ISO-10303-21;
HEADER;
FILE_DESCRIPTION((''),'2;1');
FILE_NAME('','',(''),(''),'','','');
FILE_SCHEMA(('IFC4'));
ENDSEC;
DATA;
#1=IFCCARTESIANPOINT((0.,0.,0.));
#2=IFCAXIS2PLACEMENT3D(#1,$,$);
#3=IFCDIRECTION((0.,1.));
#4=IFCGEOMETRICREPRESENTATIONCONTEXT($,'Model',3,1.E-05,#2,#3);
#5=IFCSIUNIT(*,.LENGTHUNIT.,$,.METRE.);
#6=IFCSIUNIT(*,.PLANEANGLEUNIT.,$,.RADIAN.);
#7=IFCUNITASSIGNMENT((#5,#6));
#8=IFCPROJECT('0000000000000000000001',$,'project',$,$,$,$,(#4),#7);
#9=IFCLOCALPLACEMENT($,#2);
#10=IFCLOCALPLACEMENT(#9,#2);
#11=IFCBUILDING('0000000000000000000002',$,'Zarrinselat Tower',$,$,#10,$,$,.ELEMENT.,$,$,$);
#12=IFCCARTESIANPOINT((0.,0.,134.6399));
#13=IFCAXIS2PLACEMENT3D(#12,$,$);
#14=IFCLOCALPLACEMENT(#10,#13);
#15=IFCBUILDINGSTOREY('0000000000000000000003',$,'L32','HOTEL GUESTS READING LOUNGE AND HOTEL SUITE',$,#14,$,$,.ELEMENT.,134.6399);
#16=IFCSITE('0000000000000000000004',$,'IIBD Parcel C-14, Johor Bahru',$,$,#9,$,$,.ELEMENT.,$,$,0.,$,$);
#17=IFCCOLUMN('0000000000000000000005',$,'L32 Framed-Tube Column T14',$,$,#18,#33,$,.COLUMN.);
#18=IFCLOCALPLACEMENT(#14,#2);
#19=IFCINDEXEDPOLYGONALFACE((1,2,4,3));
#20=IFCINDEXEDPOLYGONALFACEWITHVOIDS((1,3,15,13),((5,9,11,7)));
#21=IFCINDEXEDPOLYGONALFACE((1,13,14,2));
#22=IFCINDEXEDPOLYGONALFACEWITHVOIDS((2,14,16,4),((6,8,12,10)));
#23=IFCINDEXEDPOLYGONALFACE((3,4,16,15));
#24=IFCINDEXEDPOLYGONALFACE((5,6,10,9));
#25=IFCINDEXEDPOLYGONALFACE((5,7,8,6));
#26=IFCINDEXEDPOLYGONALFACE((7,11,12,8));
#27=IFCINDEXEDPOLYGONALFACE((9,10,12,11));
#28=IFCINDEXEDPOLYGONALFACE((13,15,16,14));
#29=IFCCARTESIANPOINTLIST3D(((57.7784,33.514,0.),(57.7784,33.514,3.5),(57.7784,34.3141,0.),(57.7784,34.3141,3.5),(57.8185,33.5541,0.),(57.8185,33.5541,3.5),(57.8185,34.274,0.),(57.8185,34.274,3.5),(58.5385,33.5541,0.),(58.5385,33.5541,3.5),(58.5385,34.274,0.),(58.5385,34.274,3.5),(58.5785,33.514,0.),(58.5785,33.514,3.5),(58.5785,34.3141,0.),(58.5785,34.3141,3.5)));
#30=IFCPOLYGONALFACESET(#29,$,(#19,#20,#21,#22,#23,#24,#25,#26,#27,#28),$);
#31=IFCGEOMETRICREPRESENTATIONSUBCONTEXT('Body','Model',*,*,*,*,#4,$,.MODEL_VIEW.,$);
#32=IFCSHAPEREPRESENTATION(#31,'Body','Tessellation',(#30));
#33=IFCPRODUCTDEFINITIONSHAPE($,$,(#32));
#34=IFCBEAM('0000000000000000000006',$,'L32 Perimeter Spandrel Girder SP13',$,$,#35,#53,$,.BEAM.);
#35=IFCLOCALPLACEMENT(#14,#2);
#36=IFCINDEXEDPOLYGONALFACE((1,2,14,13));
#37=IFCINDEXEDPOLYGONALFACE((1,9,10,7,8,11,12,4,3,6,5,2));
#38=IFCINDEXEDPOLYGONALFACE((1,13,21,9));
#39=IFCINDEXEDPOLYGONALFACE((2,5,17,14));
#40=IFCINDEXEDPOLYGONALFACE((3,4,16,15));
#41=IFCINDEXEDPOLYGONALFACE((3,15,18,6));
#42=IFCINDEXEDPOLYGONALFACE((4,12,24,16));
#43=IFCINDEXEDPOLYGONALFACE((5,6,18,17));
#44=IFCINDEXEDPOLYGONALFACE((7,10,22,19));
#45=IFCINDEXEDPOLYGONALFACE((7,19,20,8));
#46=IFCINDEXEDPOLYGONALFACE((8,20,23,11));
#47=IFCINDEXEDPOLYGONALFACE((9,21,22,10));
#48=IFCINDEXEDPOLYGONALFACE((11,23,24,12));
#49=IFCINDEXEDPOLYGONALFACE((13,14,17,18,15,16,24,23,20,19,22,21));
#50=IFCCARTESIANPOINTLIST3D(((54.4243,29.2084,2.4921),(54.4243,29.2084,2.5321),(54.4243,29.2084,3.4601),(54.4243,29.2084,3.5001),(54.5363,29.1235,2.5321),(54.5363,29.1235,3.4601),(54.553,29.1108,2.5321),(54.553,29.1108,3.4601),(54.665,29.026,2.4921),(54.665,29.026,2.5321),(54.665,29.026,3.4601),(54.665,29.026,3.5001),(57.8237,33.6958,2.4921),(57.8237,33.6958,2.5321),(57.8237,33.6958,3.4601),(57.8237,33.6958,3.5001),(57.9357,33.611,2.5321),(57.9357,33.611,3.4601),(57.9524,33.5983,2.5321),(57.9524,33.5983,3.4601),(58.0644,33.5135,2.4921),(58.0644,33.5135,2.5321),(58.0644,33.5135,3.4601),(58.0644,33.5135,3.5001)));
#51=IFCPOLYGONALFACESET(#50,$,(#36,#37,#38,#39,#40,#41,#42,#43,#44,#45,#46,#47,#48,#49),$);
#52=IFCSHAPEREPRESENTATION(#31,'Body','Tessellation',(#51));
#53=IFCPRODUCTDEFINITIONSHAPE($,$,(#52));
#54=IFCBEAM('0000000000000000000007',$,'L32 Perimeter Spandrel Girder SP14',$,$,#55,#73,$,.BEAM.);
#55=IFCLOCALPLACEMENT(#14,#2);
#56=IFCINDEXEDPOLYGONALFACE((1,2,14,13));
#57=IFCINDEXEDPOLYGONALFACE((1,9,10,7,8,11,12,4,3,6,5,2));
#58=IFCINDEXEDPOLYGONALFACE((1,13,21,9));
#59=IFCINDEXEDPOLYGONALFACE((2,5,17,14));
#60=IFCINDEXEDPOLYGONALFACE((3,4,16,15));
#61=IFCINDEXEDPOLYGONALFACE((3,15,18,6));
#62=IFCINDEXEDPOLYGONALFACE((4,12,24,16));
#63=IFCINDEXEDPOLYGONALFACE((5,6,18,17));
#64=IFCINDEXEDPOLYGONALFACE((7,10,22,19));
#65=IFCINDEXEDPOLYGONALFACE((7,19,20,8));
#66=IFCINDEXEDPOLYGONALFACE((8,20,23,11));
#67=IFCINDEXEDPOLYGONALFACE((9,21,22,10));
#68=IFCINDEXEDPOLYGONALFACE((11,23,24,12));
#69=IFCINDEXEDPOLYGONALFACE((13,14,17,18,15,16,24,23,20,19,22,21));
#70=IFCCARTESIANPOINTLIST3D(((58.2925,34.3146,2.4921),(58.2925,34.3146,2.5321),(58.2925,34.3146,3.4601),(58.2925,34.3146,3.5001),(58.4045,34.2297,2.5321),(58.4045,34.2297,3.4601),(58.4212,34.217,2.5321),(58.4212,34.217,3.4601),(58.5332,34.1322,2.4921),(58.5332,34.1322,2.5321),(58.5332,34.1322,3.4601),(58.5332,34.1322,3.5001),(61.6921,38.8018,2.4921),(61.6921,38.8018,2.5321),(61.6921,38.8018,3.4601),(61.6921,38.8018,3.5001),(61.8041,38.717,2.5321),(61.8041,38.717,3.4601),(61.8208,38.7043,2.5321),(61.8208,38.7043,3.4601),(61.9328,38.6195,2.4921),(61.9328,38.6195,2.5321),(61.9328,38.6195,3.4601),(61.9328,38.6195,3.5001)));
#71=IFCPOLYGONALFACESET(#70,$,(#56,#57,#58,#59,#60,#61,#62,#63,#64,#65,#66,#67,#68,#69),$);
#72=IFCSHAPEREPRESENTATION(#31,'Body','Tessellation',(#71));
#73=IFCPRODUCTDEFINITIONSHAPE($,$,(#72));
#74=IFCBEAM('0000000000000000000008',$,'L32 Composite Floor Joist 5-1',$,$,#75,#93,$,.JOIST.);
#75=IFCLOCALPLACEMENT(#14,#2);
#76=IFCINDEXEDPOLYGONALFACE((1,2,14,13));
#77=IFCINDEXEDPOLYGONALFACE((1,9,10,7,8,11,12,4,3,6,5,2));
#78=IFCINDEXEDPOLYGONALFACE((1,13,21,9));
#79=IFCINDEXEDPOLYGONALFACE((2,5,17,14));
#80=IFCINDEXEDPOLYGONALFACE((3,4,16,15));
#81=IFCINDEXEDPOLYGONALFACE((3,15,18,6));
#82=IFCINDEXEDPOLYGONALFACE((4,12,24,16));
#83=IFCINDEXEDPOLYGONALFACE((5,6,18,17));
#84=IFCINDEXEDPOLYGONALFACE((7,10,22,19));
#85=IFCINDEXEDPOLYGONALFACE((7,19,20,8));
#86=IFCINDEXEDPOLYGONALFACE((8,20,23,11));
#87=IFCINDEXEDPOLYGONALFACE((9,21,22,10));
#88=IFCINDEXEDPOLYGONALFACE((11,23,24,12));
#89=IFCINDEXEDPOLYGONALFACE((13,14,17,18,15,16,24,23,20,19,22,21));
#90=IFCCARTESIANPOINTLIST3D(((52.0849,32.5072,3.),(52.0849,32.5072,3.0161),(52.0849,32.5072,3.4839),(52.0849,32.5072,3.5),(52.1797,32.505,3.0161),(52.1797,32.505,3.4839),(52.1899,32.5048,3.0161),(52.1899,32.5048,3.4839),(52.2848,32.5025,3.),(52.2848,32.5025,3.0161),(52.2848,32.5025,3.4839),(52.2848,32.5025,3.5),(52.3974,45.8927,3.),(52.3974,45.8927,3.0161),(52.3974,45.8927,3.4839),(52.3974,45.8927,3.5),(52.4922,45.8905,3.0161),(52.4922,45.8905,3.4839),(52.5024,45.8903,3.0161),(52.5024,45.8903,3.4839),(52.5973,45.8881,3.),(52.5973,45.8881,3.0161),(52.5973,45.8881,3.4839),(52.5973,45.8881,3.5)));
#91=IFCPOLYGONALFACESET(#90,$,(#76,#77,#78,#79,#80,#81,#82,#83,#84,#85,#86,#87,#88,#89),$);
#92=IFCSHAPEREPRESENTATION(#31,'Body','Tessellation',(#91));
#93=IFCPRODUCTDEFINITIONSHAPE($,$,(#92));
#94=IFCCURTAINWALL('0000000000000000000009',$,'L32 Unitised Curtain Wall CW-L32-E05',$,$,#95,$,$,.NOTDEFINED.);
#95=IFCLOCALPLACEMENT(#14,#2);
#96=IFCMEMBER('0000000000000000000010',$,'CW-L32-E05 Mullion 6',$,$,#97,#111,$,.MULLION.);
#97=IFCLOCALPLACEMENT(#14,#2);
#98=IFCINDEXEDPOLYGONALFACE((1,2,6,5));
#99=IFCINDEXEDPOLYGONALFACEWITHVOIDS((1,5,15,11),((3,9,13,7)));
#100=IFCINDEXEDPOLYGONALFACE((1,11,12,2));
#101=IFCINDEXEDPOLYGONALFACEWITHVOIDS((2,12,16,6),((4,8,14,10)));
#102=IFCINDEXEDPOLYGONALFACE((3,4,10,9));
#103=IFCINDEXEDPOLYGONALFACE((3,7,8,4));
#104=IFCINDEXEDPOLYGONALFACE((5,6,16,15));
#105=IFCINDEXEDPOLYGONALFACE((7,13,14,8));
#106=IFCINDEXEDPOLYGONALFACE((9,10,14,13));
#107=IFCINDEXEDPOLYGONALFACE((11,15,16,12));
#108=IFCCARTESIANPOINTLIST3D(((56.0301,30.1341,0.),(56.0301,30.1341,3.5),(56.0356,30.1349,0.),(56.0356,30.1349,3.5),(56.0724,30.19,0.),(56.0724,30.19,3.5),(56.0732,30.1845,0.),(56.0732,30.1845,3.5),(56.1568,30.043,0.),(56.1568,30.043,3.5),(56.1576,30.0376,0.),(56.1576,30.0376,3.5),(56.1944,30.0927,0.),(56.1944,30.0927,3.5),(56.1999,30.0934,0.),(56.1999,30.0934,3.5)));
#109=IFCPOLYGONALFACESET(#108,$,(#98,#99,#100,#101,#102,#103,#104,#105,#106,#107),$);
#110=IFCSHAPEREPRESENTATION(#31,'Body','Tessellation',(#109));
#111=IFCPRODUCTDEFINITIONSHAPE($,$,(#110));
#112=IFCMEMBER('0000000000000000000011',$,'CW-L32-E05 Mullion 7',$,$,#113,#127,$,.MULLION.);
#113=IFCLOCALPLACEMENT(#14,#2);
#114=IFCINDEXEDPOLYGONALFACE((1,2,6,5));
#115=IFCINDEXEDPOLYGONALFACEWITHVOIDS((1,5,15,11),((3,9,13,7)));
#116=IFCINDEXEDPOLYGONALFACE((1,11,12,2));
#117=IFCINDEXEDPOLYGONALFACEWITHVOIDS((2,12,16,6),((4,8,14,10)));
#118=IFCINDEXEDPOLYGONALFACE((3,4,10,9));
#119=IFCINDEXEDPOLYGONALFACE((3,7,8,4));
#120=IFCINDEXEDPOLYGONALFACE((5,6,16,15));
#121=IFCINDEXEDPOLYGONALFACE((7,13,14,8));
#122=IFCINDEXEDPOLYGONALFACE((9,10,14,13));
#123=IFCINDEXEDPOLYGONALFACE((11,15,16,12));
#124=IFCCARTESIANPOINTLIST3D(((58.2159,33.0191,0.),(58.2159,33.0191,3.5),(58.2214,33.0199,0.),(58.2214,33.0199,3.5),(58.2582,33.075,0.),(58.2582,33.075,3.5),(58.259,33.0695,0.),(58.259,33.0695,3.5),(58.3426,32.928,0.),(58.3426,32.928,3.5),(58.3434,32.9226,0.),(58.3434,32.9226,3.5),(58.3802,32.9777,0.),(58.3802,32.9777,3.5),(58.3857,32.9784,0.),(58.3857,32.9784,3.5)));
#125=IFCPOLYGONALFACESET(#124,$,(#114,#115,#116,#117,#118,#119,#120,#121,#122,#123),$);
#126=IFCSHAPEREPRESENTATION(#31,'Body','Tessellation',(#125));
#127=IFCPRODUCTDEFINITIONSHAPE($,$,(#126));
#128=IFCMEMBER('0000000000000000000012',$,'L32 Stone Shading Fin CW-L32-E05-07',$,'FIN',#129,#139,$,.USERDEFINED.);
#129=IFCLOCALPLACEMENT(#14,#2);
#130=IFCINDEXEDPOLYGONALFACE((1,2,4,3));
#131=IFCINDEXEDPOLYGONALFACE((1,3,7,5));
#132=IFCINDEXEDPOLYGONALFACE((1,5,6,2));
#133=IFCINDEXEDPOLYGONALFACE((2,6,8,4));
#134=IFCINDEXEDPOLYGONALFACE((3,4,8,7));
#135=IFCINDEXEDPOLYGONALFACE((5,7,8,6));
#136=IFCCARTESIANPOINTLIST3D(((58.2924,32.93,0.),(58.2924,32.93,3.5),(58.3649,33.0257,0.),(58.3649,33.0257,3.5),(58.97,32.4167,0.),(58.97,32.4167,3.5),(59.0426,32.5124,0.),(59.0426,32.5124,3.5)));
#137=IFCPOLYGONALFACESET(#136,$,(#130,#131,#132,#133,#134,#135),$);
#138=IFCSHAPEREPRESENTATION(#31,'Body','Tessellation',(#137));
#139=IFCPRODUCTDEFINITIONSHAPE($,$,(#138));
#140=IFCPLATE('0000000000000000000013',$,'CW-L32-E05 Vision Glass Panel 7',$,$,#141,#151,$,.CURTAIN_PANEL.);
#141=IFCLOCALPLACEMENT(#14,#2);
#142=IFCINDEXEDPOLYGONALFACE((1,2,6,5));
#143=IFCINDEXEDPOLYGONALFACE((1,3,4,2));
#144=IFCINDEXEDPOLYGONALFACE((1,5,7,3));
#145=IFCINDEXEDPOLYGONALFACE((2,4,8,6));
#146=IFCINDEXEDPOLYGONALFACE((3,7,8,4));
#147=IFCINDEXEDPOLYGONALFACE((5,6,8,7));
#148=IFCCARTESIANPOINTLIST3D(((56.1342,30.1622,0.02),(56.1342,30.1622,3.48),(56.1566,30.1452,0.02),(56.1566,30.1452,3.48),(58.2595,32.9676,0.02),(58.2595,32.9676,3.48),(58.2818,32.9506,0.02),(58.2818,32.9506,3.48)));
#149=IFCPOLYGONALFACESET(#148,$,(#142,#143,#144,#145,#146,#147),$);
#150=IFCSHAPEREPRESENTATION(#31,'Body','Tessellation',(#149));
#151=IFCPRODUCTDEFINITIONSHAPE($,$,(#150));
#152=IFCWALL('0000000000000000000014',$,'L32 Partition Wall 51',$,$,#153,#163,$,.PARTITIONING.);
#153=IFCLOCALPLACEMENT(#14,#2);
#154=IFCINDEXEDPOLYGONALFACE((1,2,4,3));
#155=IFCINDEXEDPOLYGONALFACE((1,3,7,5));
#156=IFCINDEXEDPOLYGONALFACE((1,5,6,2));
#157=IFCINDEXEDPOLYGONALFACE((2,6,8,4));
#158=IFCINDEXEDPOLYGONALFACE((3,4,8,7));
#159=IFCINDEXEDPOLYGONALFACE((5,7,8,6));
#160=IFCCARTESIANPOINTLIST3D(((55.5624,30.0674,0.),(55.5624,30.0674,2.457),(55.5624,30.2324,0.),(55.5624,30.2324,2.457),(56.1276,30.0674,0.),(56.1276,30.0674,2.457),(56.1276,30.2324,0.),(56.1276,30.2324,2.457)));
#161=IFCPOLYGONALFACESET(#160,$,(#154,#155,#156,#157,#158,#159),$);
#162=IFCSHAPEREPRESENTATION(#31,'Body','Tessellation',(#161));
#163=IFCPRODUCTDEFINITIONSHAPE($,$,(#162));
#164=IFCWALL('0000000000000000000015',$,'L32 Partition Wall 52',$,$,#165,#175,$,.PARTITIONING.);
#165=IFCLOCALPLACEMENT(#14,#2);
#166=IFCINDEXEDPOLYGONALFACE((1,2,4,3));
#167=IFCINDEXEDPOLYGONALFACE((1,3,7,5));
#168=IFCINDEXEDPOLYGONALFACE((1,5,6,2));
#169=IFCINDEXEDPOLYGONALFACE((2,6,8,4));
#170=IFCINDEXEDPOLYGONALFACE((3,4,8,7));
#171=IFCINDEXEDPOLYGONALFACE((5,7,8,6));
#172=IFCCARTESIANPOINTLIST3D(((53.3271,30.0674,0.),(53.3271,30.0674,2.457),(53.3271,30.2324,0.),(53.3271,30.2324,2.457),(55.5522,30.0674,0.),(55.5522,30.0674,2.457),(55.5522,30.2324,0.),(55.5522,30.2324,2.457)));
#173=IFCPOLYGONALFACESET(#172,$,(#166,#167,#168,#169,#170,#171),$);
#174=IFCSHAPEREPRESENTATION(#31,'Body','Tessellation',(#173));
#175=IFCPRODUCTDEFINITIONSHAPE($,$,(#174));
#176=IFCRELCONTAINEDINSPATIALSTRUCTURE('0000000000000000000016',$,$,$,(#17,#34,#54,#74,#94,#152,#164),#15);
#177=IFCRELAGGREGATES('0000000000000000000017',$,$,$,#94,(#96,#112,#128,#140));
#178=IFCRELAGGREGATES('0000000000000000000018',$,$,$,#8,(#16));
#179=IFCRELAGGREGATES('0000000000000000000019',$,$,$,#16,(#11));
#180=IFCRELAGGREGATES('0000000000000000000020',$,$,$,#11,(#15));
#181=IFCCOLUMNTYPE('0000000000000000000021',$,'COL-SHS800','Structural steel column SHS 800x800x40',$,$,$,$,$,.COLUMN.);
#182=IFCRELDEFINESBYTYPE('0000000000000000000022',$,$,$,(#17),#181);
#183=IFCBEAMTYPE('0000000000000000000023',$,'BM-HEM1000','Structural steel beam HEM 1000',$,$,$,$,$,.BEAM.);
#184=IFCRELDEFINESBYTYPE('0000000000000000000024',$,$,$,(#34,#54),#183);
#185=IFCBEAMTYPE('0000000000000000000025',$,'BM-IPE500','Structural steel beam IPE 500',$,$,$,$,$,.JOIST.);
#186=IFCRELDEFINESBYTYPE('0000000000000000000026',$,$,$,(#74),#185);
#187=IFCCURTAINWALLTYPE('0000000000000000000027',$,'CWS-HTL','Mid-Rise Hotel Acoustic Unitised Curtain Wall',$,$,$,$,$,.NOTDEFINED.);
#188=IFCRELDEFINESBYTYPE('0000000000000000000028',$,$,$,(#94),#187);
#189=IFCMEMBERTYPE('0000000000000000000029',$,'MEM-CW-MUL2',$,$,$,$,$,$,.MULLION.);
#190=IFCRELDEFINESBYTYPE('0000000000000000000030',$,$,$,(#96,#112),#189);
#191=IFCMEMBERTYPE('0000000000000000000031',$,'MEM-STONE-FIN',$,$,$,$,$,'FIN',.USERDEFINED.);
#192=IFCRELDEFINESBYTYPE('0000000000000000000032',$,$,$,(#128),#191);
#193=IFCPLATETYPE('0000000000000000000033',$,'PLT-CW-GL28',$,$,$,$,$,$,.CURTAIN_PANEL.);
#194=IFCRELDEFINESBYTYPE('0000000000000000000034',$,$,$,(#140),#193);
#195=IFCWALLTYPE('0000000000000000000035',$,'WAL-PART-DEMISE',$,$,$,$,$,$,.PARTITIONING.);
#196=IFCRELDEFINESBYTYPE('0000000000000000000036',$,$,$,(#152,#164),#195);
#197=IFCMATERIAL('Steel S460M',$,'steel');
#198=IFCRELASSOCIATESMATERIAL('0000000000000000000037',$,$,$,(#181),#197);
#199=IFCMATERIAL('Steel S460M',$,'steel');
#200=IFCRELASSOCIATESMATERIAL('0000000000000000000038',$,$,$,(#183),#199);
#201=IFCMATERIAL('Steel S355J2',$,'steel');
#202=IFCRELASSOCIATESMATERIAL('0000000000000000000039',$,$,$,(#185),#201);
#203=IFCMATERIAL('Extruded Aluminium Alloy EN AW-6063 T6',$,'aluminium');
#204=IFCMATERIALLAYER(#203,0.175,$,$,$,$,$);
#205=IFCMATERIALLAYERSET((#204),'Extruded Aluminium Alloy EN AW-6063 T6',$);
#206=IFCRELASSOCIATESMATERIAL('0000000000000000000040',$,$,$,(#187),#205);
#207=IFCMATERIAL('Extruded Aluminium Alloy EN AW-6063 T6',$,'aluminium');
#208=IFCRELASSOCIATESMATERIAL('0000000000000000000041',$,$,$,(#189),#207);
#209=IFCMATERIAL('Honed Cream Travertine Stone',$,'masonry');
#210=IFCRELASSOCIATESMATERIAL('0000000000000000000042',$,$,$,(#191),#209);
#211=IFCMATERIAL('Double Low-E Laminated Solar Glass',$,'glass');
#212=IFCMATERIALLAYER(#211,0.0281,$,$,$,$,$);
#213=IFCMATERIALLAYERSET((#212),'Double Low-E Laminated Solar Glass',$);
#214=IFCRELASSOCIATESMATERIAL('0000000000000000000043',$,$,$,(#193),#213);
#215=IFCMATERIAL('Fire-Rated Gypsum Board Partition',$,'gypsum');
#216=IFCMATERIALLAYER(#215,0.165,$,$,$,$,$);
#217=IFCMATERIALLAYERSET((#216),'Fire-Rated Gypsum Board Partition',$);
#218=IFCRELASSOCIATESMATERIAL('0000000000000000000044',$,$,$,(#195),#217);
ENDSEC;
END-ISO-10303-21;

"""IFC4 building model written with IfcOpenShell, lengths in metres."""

from ifc_helpers import new_model, si_unit, direction, frame, frame_2d, origin, origin_2d, place, context, subcontext, project, spatial, rectangle, hollow_rectangle, i_section, extrude, material, layer, layer_set, material_profile, profile_set, type_object, element, aggregate, save


model = new_model("IFC4")

# Units and contexts
model_context = context("Model", 3, precision=1e-05, world=origin(), true_north=direction((0.0, 1.0)))
body_context = subcontext(model_context, "Body", "Model", "MODEL_VIEW")
ifc_project = project(units=[si_unit("LENGTHUNIT", "METRE"), si_unit("PLANEANGLEUNIT", "RADIAN")], contexts=[model_context])

# Site, building, storey
site_placement = place(None, origin())
site = spatial("IfcSite", under=ifc_project, at=site_placement, Name="IIBD Parcel C-14, Johor Bahru", CompositionType="ELEMENT", RefElevation=0.0)
building_placement = place(site_placement, origin())
building = spatial("IfcBuilding", under=site, at=building_placement, Name="Zarrinselat Tower", CompositionType="ELEMENT")
storey_placement = place(building_placement, frame((0.0, 0.0, 134.6399)))
storey = spatial("IfcBuildingStorey", under=building, at=storey_placement, Name="L32", Description="HOTEL GUESTS READING LOUNGE AND HOTEL SUITE", CompositionType="ELEMENT", Elevation=134.6399)

# Column
ifc_material_1 = material(Name="Steel S460M", Category="steel")
ifc_material_profile_1 = material_profile(ifc_material_1, hollow_rectangle(XDim=0.8, YDim=0.8, WallThickness=0.04, at=origin_2d()), Name="SHS 800x800x40")
ifc_profile_set_1 = profile_set([ifc_material_profile_1], Name="Steel S460M")
column_type = type_object("IfcColumnType", Name="COL-SHS800", Description="Structural steel column SHS 800x800x40", PredefinedType="COLUMN", material=ifc_profile_set_1)
column_placement = place(storey_placement, frame((58.1785, 33.9141, 0.0), z_axis=(0.0, 0.0, 1.0), x_axis=(1.0, 0.0, 0.0)))
element("IfcColumn", 1, at=column_placement, inside=storey, type_object=column_type, Name="L32 Framed-Tube Column T14", PredefinedType="COLUMN", context=body_context, shape_type="SweptSolid", body=[
    extrude(hollow_rectangle(XDim=0.8, YDim=0.8, WallThickness=0.04, at=origin_2d()), origin(), (0.0, 0.0, 1.0), 3.5),
])

# Beams
ifc_material_2 = material(Name="Steel S460M", Category="steel")
ifc_material_profile_2 = material_profile(ifc_material_2, i_section(OverallWidth=0.302, OverallDepth=1.0081, WebThickness=0.021, FlangeThickness=0.04, at=origin_2d()), Name="HEM 1000")
ifc_profile_set_2 = profile_set([ifc_material_profile_2], Name="Steel S460M")
beam_type_1 = type_object("IfcBeamType", Name="BM-HEM1000", Description="Structural steel beam HEM 1000", PredefinedType="BEAM", material=ifc_profile_set_2)
for number, where, z_axis, x_axis, name in (
    (2, (54.5447, 29.1172, 2.9961), (0.60383, 0.797113, 0.0), (-0.797113, 0.60383, 0.0), "L32 Perimeter Spandrel Girder SP13"),
    (3, (58.4128, 34.2234, 2.9961), (0.603879, 0.797076, 0.0), (-0.797076, 0.603879, 0.0), "L32 Perimeter Spandrel Girder SP14"),
):
    element("IfcBeam", number, at=place(storey_placement, frame(where, z_axis=z_axis, x_axis=x_axis)), inside=storey, type_object=beam_type_1, Name=name, PredefinedType="BEAM", context=body_context, shape_type="SweptSolid", body=[
        extrude(i_section(OverallWidth=0.302, OverallDepth=1.0081, WebThickness=0.021, FlangeThickness=0.04, at=origin_2d()), origin(), (0.0, 0.0, 1.0), 5.6296),
    ])
ifc_material_3 = material(Name="Steel S355J2", Category="steel")
ifc_material_profile_3 = material_profile(ifc_material_3, i_section(OverallWidth=0.2, OverallDepth=0.5, WebThickness=0.0103, FlangeThickness=0.0161, at=origin_2d()), Name="IPE 500")
ifc_profile_set_3 = profile_set([ifc_material_profile_3], Name="Steel S355J2")
beam_type_2 = type_object("IfcBeamType", Name="BM-IPE500", Description="Structural steel beam IPE 500", PredefinedType="JOIST", material=ifc_profile_set_3)
beam_placement = place(storey_placement, frame((52.1848, 32.5049, 3.25), z_axis=(0.02334, 0.999728, 0.0), x_axis=(-0.999728, 0.02334, 0.0)))
element("IfcBeam", 4, at=beam_placement, inside=storey, type_object=beam_type_2, Name="L32 Composite Floor Joist 5-1", PredefinedType="JOIST", context=body_context, shape_type="SweptSolid", body=[
    extrude(i_section(OverallWidth=0.2, OverallDepth=0.5, WebThickness=0.0103, FlangeThickness=0.0161, at=origin_2d()), origin(), (0.0, 0.0, 1.0), 13.3892),
])

# Curtain wall, members, plate
ifc_material_4 = material(Name="Extruded Aluminium Alloy EN AW-6063 T6", Category="aluminium")
ifc_layer_1 = layer(ifc_material_4, 0.175)
ifc_layer_set_1 = layer_set([ifc_layer_1], Name="Extruded Aluminium Alloy EN AW-6063 T6")
curtain_wall_type = type_object("IfcCurtainWallType", Name="CWS-HTL", Description="Mid-Rise Hotel Acoustic Unitised Curtain Wall", PredefinedType="NOTDEFINED", material=ifc_layer_set_1)
curtain_wall_placement = place(storey_placement, origin())
curtain_wall = element("IfcCurtainWall", 5, at=curtain_wall_placement, inside=storey, type_object=curtain_wall_type, Name="L32 Unitised Curtain Wall CW-L32-E05", PredefinedType="NOTDEFINED")
ifc_material_5 = material(Name="Extruded Aluminium Alloy EN AW-6063 T6", Category="aluminium")
ifc_material_profile_4 = material_profile(ifc_material_5, hollow_rectangle(XDim=0.0701, YDim=0.1599, WallThickness=0.0039, at=origin_2d()), Name="RHS 160x70x4")
ifc_profile_set_4 = profile_set([ifc_material_profile_4], Name="Extruded Aluminium Alloy EN AW-6063 T6")
member_type_1 = type_object("IfcMemberType", Name="MEM-CW-MUL2", PredefinedType="MULLION", material=ifc_profile_set_4)
member_1_placement = place(storey_placement, frame((56.115, 30.1138, 0.0), z_axis=(0.0, 0.0, 1.0), x_axis=(0.603856, 0.797094, 0.0)))
member_1 = element("IfcMember", 6, at=member_1_placement, type_object=member_type_1, Name="CW-L32-E05 Mullion 6", PredefinedType="MULLION", context=body_context, shape_type="SweptSolid", body=[
    extrude(hollow_rectangle(XDim=0.0701, YDim=0.1599, WallThickness=0.0039, at=origin_2d()), origin(), (0.0, 0.0, 1.0), 3.5),
])
member_2_placement = place(storey_placement, frame((58.3008, 32.9988, 0.0), z_axis=(0.0, 0.0, 1.0), x_axis=(0.603856, 0.797094, 0.0)))
member_2 = element("IfcMember", 7, at=member_2_placement, type_object=member_type_1, Name="CW-L32-E05 Mullion 7", PredefinedType="MULLION", context=body_context, shape_type="SweptSolid", body=[
    extrude(hollow_rectangle(XDim=0.0701, YDim=0.1599, WallThickness=0.0039, at=origin_2d()), origin(), (0.0, 0.0, 1.0), 3.5),
])
ifc_material_6 = material(Name="Honed Cream Travertine Stone", Category="masonry")
ifc_material_profile_5 = material_profile(ifc_material_6, rectangle(XDim=0.1201, YDim=0.8501, at=origin_2d()), Name="FIN 850x120")
ifc_profile_set_5 = profile_set([ifc_material_profile_5], Name="Honed Cream Travertine Stone")
member_type_2 = type_object("IfcMemberType", Name="MEM-STONE-FIN", ElementType="FIN", PredefinedType="USERDEFINED", material=ifc_profile_set_5)
member_3_placement = place(storey_placement, frame((58.6675, 32.7212, 0.0), z_axis=(0.0, 0.0, 1.0), x_axis=(-0.603856, -0.797094, 0.0)))
member_3 = element("IfcMember", 8, at=member_3_placement, type_object=member_type_2, Name="L32 Stone Shading Fin CW-L32-E05-07", ObjectType="FIN", PredefinedType="USERDEFINED", context=body_context, shape_type="SweptSolid", body=[
    extrude(rectangle(XDim=0.1201, YDim=0.8501, at=origin_2d()), origin(), (0.0, 0.0, 1.0), 3.5),
])
ifc_material_7 = material(Name="Double Low-E Laminated Solar Glass", Category="glass")
ifc_layer_2 = layer(ifc_material_7, 0.0281)
ifc_layer_set_2 = layer_set([ifc_layer_2], Name="Double Low-E Laminated Solar Glass")
plate_type = type_object("IfcPlateType", Name="PLT-CW-GL28", PredefinedType="CURTAIN_PANEL", material=ifc_layer_set_2)
plate_placement = place(storey_placement, frame((57.208, 31.5564, 0.02), z_axis=(0.0, 0.0, 1.0), x_axis=(0.603856, 0.797094, 0.0)))
plate = element("IfcPlate", 9, at=plate_placement, type_object=plate_type, Name="CW-L32-E05 Vision Glass Panel 7", PredefinedType="CURTAIN_PANEL", context=body_context, shape_type="SweptSolid", body=[
    extrude(rectangle(XDim=3.5195, YDim=0.0281, at=origin_2d()), origin(), (0.0, 0.0, 1.0), 3.46),
])
aggregate(curtain_wall, [member_1, member_2, member_3, plate])

# Walls
ifc_material_8 = material(Name="Fire-Rated Gypsum Board Partition", Category="gypsum")
ifc_layer_3 = layer(ifc_material_8, 0.165)
ifc_layer_set_3 = layer_set([ifc_layer_3], Name="Fire-Rated Gypsum Board Partition")
wall_type_1 = type_object("IfcWallType", Name="WAL-PART-DEMISE", PredefinedType="PARTITIONING", material=ifc_layer_set_3)
wall_1_placement = place(storey_placement, frame((55.5623, 30.1499, 0.0), z_axis=(0.0, 0.0, 1.0), x_axis=(1.0, 0.0, 0.0)))
element("IfcWall", 10, at=wall_1_placement, inside=storey, type_object=wall_type_1, Name="L32 Partition Wall 51", PredefinedType="PARTITIONING", context=body_context, shape_type="SweptSolid", body=[
    extrude(rectangle(XDim=0.5652, YDim=0.165, at=frame_2d((0.2827, 0.0))), origin(), (0.0, 0.0, 1.0), 2.457),
])
wall_2_placement = place(storey_placement, frame((53.3271, 30.1499, 0.0), z_axis=(0.0, 0.0, 1.0), x_axis=(1.0, 0.0, 0.0)))
element("IfcWall", 11, at=wall_2_placement, inside=storey, type_object=wall_type_1, Name="L32 Partition Wall 52", PredefinedType="PARTITIONING", context=body_context, shape_type="SweptSolid", body=[
    extrude(rectangle(XDim=2.2251, YDim=0.165, at=frame_2d((1.1125, 0.0))), origin(), (0.0, 0.0, 1.0), 2.457),
])

save(model, "model.ifc")
